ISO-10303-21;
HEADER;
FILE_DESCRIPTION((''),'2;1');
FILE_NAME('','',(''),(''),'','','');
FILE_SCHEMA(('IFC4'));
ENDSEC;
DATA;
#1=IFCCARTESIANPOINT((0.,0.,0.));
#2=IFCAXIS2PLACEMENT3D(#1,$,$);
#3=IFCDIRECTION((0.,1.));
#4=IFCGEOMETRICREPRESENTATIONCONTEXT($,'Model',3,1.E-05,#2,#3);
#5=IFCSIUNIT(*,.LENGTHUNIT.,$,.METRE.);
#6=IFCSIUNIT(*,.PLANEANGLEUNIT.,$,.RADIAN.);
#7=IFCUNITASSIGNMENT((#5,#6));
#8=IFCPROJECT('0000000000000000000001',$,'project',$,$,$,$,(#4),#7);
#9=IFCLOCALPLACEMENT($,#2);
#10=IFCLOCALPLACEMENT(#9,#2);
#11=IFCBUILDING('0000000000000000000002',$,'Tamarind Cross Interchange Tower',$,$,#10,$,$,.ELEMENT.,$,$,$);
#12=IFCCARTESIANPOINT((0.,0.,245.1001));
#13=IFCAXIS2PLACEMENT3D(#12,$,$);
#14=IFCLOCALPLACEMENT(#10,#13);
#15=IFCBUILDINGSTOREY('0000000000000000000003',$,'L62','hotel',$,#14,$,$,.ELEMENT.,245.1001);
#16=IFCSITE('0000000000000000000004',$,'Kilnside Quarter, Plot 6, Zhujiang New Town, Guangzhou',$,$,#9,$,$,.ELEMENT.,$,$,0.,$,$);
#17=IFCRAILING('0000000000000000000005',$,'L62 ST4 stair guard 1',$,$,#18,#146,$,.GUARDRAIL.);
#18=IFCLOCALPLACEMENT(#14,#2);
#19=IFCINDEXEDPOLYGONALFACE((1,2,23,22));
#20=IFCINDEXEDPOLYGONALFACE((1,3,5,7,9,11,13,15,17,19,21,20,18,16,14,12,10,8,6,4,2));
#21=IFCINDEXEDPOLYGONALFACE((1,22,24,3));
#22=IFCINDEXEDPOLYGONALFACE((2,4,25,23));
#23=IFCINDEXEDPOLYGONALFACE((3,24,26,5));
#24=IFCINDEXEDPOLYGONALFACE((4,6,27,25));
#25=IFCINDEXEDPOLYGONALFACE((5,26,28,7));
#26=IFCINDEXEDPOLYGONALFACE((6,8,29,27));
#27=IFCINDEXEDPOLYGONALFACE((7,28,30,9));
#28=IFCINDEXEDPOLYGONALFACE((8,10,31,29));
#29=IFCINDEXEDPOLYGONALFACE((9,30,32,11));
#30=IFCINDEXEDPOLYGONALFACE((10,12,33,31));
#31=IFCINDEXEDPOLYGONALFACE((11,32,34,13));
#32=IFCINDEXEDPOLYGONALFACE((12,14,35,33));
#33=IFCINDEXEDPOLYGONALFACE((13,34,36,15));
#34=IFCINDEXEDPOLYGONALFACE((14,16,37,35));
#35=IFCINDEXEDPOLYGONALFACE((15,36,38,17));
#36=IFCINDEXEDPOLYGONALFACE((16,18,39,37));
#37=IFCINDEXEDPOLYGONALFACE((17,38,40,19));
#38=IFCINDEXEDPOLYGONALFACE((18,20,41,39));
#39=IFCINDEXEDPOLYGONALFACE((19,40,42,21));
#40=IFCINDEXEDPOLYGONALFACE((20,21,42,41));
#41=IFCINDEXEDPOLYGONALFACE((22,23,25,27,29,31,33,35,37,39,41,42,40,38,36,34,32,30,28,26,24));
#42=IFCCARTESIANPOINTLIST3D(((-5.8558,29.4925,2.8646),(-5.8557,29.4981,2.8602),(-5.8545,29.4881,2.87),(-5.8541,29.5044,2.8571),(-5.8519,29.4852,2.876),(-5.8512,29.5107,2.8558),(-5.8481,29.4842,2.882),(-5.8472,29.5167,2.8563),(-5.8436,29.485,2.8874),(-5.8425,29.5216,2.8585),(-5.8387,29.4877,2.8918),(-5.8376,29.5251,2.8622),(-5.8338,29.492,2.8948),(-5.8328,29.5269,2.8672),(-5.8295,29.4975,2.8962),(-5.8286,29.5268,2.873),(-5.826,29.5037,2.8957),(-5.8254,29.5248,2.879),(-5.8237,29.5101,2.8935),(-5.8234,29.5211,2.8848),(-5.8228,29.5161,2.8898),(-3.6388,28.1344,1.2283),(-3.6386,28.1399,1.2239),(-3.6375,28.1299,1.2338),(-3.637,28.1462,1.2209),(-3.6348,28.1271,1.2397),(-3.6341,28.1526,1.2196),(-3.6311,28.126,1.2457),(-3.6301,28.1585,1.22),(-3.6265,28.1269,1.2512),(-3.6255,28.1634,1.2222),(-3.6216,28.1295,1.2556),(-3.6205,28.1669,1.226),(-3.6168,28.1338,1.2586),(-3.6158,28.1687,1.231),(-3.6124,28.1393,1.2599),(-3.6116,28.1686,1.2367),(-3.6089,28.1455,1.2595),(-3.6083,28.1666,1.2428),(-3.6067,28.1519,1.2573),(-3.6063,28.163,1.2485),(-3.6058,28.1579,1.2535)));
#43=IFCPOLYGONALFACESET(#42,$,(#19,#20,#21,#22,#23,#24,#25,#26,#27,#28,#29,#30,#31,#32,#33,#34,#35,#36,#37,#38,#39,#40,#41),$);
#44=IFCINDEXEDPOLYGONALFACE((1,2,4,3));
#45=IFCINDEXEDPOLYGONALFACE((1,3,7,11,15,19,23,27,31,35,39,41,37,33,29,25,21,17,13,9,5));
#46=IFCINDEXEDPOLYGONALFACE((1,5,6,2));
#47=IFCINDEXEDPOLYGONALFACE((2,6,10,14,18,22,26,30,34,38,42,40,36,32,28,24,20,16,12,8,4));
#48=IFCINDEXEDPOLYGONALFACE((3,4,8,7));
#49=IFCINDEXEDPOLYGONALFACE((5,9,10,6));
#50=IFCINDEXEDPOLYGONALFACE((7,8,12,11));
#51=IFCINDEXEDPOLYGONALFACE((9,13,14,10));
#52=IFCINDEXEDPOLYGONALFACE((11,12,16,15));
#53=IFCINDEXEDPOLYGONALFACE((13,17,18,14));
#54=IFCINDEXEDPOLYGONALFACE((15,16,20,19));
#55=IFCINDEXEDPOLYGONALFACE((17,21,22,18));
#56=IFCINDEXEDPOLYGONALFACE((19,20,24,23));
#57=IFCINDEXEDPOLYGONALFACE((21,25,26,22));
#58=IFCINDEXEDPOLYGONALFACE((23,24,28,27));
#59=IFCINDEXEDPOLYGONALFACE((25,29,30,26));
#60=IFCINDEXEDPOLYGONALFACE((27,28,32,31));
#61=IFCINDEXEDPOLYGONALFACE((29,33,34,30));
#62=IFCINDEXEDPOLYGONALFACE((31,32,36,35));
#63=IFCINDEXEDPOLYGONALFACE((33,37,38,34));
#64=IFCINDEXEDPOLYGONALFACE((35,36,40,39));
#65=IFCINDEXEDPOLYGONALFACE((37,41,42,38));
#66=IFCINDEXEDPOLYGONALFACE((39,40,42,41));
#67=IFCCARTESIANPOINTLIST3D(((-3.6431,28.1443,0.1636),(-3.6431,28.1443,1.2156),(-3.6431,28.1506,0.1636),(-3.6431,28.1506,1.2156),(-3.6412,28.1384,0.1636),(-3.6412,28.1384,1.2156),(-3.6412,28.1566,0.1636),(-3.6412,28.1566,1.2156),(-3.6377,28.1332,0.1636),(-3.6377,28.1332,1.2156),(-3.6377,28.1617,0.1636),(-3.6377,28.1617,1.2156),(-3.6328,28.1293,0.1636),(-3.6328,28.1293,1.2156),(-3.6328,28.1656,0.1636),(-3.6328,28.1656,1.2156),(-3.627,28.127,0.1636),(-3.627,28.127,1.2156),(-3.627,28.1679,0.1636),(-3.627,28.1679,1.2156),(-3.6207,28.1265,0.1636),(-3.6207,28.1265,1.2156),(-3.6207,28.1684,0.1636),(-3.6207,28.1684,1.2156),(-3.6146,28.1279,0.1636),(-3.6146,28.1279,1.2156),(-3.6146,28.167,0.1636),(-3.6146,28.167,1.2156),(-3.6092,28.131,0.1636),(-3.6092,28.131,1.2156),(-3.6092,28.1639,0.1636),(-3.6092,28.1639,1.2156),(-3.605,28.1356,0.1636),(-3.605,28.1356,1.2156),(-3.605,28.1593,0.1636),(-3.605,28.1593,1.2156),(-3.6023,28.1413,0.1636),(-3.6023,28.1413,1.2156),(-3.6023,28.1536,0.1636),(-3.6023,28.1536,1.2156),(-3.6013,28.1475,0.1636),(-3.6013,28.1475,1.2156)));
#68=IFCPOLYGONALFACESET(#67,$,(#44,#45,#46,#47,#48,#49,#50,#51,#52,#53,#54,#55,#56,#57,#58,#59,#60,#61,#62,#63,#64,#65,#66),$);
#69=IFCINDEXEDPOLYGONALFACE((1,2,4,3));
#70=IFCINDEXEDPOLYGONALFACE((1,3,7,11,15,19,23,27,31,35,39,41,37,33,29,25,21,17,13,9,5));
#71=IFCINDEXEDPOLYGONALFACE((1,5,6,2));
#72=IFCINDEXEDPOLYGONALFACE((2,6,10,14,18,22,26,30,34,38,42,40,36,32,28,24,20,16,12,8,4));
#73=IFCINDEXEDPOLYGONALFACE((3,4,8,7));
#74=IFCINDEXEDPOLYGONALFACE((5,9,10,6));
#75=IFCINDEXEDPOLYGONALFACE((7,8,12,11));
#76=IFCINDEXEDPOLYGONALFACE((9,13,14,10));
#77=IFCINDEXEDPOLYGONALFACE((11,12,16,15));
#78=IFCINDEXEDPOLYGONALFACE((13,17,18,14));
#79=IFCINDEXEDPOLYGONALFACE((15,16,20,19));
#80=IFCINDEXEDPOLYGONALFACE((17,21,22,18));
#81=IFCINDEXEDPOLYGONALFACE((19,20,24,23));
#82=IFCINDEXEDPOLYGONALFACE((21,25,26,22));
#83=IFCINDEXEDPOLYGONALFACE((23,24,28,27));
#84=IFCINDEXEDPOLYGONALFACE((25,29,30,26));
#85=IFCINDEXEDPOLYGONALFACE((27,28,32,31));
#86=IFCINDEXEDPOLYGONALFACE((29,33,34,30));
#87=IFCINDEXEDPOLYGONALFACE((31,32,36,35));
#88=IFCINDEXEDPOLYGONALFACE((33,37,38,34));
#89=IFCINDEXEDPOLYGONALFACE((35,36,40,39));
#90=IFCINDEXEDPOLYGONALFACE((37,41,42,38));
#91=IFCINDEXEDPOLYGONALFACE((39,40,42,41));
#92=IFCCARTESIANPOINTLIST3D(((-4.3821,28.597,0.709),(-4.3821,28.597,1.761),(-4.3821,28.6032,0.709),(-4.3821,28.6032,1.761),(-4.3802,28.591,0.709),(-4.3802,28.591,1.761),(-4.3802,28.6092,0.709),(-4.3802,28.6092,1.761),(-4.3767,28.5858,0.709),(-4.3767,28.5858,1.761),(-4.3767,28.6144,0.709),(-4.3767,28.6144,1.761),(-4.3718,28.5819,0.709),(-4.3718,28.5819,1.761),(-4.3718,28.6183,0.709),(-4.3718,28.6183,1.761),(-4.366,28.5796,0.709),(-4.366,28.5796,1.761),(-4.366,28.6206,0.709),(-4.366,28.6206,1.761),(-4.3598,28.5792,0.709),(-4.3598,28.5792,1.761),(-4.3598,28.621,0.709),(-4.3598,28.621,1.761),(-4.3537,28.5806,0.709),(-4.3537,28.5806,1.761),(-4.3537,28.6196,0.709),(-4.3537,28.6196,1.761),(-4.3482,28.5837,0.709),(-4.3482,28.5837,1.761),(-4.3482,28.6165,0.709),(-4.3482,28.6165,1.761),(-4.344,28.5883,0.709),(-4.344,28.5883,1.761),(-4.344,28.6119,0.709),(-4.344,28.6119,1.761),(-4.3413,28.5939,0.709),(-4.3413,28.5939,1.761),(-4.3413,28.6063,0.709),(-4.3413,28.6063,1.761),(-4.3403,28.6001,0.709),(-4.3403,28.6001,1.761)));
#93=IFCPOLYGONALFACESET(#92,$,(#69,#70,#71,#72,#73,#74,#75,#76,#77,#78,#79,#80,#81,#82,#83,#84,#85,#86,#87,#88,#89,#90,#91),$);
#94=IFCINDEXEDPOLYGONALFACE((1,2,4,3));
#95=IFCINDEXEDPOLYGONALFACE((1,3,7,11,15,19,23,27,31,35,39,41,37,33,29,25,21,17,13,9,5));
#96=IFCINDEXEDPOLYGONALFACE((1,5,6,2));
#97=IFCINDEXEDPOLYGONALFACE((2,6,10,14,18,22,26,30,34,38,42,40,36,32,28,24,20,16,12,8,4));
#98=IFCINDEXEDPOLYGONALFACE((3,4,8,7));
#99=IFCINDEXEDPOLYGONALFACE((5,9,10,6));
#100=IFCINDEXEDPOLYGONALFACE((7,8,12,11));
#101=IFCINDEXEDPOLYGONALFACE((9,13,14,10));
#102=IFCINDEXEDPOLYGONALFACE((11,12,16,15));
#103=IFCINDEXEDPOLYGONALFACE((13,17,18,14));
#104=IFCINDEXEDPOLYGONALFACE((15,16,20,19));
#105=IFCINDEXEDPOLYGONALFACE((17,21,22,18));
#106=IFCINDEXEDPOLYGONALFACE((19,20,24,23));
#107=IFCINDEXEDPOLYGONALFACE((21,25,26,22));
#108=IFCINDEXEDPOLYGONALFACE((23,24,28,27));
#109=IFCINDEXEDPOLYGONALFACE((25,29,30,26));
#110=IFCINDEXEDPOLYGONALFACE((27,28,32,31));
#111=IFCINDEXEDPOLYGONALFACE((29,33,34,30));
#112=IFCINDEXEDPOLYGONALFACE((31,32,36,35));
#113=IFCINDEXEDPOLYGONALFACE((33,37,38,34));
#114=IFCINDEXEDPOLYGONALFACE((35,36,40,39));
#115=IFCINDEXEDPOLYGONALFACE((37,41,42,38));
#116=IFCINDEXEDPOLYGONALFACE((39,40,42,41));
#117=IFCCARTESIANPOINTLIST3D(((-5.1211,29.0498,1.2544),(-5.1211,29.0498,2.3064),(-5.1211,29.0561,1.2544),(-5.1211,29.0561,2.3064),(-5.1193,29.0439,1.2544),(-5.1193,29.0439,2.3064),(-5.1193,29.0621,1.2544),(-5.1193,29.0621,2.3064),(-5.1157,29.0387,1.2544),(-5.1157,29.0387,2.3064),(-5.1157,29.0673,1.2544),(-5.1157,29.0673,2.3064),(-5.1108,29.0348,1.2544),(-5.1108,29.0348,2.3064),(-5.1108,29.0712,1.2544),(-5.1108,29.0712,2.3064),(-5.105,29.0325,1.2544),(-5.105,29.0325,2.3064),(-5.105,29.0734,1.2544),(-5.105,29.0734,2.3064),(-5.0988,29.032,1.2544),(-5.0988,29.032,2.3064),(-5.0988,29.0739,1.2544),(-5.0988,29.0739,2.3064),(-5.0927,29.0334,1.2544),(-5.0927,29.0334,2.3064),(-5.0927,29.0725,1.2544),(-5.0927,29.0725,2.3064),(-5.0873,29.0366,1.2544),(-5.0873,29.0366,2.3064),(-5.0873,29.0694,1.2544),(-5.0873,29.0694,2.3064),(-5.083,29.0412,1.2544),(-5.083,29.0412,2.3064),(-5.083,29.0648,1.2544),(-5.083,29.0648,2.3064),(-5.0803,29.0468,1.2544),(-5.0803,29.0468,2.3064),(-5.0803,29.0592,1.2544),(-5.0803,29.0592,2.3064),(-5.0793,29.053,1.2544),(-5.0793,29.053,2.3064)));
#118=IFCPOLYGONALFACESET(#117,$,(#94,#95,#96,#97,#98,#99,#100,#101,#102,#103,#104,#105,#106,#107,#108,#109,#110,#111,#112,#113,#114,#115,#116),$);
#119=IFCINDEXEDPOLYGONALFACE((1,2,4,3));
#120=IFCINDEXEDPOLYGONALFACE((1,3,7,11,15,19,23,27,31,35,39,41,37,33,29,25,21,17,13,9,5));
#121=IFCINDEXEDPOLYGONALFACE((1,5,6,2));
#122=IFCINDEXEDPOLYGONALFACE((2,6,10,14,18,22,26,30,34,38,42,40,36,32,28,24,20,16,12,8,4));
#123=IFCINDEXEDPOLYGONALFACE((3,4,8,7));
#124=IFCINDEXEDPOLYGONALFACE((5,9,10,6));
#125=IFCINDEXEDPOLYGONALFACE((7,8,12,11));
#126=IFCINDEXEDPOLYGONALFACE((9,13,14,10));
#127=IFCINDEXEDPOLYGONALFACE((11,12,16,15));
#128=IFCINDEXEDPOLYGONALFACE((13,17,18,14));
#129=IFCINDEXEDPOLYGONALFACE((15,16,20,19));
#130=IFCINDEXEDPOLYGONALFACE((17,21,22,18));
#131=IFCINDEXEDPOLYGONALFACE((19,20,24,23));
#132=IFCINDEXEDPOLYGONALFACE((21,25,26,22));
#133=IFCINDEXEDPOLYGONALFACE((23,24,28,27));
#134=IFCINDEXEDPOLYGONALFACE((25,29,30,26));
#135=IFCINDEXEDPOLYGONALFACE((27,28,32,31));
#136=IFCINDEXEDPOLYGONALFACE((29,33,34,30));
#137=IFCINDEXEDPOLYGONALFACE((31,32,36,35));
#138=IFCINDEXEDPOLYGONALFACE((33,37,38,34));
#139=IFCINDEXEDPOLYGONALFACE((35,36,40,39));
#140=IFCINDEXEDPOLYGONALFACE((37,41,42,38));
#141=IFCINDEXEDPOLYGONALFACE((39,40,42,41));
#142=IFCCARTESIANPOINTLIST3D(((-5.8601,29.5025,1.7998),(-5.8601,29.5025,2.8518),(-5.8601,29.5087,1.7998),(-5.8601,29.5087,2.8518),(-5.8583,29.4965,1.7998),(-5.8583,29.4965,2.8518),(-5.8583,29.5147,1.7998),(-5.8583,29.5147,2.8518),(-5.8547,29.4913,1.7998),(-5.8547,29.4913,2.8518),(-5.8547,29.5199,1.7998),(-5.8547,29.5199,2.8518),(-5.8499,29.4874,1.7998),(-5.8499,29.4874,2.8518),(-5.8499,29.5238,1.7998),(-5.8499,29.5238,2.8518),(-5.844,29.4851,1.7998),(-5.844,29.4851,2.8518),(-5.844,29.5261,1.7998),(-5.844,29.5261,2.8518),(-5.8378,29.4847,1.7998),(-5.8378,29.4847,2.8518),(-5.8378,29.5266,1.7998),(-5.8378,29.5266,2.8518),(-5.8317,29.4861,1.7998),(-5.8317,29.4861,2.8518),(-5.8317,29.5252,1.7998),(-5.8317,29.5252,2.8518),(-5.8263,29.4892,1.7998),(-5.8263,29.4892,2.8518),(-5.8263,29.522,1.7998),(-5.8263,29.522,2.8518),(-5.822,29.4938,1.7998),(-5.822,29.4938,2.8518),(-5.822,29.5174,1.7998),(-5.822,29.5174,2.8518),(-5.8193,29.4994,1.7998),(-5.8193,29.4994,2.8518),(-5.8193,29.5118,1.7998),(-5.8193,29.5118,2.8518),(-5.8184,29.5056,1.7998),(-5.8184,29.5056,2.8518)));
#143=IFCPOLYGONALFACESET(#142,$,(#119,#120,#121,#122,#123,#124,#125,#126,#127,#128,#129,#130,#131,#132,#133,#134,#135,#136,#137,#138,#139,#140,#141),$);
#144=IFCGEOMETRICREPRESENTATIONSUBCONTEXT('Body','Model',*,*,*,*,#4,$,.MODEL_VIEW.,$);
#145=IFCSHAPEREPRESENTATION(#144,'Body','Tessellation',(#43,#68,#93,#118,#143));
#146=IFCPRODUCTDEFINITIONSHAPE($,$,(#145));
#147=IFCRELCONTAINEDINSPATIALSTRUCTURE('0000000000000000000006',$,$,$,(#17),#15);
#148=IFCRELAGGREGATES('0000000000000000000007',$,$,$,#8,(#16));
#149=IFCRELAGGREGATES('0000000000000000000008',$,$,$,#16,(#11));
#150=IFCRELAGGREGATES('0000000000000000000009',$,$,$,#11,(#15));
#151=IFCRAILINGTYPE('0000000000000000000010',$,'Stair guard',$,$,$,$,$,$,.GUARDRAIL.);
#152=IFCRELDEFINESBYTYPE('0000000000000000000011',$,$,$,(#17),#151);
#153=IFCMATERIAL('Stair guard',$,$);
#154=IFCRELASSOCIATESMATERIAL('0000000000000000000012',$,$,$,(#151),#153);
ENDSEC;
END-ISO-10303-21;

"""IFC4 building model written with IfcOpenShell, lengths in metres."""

from ifc_helpers import new_model, si_unit, direction, frame, origin, origin_2d, place, context, subcontext, project, spatial, circle, extrude, material, type_object, element, save


model = new_model("IFC4")

# Units and contexts
model_context = context("Model", 3, precision=1e-05, world=origin(), true_north=direction((0.0, 1.0)))
body_context = subcontext(model_context, "Body", "Model", "MODEL_VIEW")
ifc_project = project(units=[si_unit("LENGTHUNIT", "METRE"), si_unit("PLANEANGLEUNIT", "RADIAN")], contexts=[model_context])

# Site, building, storey
site_placement = place(None, origin())
site = spatial("IfcSite", under=ifc_project, at=site_placement, Name="Kilnside Quarter, Plot 6, Zhujiang New Town, Guangzhou", CompositionType="ELEMENT", RefElevation=0.0)
building_placement = place(site_placement, origin())
building = spatial("IfcBuilding", under=site, at=building_placement, Name="Tamarind Cross Interchange Tower", CompositionType="ELEMENT")
storey_placement = place(building_placement, frame((0.0, 0.0, 245.1001)))
storey = spatial("IfcBuildingStorey", under=building, at=storey_placement, Name="L62", Description="hotel", CompositionType="ELEMENT", Elevation=245.1001)

# Railing
ifc_material_1 = material(Name="Stair guard")
railing_type_1 = type_object("IfcRailingType", Name="Stair guard", PredefinedType="GUARDRAIL", material=ifc_material_1)
railing_1_placement = place(storey_placement, frame((-3.6223, 28.1475, 0.1636)))
element("IfcRailing", 1, at=railing_1_placement, inside=storey, type_object=railing_type_1, Name="L62 ST4 stair guard 1", PredefinedType="GUARDRAIL", context=body_context, shape_type="SweptSolid", body=[
    extrude(circle(Radius=0.0239, at=origin_2d()), frame((0.0, 0.0, 1.0762), z_axis=(-0.721696, 0.442109, 0.532629), x_axis=(-0.522373, -0.852717, 0.0)), (0.0, 0.0, 1.0), 3.072),
    extrude(circle(Radius=0.021, at=origin_2d()), origin(), (0.0, 0.0, 1.0), 1.052),
    extrude(circle(Radius=0.021, at=origin_2d()), frame((-0.739, 0.4526, 0.5454)), (0.0, 0.0, 1.0), 1.052),
    extrude(circle(Radius=0.021, at=origin_2d()), frame((-1.478, 0.9055, 1.0908)), (0.0, 0.0, 1.0), 1.052),
    extrude(circle(Radius=0.021, at=origin_2d()), frame((-2.217, 1.3582, 1.6362)), (0.0, 0.0, 1.0), 1.052),
])

save(model, "model.ifc")
